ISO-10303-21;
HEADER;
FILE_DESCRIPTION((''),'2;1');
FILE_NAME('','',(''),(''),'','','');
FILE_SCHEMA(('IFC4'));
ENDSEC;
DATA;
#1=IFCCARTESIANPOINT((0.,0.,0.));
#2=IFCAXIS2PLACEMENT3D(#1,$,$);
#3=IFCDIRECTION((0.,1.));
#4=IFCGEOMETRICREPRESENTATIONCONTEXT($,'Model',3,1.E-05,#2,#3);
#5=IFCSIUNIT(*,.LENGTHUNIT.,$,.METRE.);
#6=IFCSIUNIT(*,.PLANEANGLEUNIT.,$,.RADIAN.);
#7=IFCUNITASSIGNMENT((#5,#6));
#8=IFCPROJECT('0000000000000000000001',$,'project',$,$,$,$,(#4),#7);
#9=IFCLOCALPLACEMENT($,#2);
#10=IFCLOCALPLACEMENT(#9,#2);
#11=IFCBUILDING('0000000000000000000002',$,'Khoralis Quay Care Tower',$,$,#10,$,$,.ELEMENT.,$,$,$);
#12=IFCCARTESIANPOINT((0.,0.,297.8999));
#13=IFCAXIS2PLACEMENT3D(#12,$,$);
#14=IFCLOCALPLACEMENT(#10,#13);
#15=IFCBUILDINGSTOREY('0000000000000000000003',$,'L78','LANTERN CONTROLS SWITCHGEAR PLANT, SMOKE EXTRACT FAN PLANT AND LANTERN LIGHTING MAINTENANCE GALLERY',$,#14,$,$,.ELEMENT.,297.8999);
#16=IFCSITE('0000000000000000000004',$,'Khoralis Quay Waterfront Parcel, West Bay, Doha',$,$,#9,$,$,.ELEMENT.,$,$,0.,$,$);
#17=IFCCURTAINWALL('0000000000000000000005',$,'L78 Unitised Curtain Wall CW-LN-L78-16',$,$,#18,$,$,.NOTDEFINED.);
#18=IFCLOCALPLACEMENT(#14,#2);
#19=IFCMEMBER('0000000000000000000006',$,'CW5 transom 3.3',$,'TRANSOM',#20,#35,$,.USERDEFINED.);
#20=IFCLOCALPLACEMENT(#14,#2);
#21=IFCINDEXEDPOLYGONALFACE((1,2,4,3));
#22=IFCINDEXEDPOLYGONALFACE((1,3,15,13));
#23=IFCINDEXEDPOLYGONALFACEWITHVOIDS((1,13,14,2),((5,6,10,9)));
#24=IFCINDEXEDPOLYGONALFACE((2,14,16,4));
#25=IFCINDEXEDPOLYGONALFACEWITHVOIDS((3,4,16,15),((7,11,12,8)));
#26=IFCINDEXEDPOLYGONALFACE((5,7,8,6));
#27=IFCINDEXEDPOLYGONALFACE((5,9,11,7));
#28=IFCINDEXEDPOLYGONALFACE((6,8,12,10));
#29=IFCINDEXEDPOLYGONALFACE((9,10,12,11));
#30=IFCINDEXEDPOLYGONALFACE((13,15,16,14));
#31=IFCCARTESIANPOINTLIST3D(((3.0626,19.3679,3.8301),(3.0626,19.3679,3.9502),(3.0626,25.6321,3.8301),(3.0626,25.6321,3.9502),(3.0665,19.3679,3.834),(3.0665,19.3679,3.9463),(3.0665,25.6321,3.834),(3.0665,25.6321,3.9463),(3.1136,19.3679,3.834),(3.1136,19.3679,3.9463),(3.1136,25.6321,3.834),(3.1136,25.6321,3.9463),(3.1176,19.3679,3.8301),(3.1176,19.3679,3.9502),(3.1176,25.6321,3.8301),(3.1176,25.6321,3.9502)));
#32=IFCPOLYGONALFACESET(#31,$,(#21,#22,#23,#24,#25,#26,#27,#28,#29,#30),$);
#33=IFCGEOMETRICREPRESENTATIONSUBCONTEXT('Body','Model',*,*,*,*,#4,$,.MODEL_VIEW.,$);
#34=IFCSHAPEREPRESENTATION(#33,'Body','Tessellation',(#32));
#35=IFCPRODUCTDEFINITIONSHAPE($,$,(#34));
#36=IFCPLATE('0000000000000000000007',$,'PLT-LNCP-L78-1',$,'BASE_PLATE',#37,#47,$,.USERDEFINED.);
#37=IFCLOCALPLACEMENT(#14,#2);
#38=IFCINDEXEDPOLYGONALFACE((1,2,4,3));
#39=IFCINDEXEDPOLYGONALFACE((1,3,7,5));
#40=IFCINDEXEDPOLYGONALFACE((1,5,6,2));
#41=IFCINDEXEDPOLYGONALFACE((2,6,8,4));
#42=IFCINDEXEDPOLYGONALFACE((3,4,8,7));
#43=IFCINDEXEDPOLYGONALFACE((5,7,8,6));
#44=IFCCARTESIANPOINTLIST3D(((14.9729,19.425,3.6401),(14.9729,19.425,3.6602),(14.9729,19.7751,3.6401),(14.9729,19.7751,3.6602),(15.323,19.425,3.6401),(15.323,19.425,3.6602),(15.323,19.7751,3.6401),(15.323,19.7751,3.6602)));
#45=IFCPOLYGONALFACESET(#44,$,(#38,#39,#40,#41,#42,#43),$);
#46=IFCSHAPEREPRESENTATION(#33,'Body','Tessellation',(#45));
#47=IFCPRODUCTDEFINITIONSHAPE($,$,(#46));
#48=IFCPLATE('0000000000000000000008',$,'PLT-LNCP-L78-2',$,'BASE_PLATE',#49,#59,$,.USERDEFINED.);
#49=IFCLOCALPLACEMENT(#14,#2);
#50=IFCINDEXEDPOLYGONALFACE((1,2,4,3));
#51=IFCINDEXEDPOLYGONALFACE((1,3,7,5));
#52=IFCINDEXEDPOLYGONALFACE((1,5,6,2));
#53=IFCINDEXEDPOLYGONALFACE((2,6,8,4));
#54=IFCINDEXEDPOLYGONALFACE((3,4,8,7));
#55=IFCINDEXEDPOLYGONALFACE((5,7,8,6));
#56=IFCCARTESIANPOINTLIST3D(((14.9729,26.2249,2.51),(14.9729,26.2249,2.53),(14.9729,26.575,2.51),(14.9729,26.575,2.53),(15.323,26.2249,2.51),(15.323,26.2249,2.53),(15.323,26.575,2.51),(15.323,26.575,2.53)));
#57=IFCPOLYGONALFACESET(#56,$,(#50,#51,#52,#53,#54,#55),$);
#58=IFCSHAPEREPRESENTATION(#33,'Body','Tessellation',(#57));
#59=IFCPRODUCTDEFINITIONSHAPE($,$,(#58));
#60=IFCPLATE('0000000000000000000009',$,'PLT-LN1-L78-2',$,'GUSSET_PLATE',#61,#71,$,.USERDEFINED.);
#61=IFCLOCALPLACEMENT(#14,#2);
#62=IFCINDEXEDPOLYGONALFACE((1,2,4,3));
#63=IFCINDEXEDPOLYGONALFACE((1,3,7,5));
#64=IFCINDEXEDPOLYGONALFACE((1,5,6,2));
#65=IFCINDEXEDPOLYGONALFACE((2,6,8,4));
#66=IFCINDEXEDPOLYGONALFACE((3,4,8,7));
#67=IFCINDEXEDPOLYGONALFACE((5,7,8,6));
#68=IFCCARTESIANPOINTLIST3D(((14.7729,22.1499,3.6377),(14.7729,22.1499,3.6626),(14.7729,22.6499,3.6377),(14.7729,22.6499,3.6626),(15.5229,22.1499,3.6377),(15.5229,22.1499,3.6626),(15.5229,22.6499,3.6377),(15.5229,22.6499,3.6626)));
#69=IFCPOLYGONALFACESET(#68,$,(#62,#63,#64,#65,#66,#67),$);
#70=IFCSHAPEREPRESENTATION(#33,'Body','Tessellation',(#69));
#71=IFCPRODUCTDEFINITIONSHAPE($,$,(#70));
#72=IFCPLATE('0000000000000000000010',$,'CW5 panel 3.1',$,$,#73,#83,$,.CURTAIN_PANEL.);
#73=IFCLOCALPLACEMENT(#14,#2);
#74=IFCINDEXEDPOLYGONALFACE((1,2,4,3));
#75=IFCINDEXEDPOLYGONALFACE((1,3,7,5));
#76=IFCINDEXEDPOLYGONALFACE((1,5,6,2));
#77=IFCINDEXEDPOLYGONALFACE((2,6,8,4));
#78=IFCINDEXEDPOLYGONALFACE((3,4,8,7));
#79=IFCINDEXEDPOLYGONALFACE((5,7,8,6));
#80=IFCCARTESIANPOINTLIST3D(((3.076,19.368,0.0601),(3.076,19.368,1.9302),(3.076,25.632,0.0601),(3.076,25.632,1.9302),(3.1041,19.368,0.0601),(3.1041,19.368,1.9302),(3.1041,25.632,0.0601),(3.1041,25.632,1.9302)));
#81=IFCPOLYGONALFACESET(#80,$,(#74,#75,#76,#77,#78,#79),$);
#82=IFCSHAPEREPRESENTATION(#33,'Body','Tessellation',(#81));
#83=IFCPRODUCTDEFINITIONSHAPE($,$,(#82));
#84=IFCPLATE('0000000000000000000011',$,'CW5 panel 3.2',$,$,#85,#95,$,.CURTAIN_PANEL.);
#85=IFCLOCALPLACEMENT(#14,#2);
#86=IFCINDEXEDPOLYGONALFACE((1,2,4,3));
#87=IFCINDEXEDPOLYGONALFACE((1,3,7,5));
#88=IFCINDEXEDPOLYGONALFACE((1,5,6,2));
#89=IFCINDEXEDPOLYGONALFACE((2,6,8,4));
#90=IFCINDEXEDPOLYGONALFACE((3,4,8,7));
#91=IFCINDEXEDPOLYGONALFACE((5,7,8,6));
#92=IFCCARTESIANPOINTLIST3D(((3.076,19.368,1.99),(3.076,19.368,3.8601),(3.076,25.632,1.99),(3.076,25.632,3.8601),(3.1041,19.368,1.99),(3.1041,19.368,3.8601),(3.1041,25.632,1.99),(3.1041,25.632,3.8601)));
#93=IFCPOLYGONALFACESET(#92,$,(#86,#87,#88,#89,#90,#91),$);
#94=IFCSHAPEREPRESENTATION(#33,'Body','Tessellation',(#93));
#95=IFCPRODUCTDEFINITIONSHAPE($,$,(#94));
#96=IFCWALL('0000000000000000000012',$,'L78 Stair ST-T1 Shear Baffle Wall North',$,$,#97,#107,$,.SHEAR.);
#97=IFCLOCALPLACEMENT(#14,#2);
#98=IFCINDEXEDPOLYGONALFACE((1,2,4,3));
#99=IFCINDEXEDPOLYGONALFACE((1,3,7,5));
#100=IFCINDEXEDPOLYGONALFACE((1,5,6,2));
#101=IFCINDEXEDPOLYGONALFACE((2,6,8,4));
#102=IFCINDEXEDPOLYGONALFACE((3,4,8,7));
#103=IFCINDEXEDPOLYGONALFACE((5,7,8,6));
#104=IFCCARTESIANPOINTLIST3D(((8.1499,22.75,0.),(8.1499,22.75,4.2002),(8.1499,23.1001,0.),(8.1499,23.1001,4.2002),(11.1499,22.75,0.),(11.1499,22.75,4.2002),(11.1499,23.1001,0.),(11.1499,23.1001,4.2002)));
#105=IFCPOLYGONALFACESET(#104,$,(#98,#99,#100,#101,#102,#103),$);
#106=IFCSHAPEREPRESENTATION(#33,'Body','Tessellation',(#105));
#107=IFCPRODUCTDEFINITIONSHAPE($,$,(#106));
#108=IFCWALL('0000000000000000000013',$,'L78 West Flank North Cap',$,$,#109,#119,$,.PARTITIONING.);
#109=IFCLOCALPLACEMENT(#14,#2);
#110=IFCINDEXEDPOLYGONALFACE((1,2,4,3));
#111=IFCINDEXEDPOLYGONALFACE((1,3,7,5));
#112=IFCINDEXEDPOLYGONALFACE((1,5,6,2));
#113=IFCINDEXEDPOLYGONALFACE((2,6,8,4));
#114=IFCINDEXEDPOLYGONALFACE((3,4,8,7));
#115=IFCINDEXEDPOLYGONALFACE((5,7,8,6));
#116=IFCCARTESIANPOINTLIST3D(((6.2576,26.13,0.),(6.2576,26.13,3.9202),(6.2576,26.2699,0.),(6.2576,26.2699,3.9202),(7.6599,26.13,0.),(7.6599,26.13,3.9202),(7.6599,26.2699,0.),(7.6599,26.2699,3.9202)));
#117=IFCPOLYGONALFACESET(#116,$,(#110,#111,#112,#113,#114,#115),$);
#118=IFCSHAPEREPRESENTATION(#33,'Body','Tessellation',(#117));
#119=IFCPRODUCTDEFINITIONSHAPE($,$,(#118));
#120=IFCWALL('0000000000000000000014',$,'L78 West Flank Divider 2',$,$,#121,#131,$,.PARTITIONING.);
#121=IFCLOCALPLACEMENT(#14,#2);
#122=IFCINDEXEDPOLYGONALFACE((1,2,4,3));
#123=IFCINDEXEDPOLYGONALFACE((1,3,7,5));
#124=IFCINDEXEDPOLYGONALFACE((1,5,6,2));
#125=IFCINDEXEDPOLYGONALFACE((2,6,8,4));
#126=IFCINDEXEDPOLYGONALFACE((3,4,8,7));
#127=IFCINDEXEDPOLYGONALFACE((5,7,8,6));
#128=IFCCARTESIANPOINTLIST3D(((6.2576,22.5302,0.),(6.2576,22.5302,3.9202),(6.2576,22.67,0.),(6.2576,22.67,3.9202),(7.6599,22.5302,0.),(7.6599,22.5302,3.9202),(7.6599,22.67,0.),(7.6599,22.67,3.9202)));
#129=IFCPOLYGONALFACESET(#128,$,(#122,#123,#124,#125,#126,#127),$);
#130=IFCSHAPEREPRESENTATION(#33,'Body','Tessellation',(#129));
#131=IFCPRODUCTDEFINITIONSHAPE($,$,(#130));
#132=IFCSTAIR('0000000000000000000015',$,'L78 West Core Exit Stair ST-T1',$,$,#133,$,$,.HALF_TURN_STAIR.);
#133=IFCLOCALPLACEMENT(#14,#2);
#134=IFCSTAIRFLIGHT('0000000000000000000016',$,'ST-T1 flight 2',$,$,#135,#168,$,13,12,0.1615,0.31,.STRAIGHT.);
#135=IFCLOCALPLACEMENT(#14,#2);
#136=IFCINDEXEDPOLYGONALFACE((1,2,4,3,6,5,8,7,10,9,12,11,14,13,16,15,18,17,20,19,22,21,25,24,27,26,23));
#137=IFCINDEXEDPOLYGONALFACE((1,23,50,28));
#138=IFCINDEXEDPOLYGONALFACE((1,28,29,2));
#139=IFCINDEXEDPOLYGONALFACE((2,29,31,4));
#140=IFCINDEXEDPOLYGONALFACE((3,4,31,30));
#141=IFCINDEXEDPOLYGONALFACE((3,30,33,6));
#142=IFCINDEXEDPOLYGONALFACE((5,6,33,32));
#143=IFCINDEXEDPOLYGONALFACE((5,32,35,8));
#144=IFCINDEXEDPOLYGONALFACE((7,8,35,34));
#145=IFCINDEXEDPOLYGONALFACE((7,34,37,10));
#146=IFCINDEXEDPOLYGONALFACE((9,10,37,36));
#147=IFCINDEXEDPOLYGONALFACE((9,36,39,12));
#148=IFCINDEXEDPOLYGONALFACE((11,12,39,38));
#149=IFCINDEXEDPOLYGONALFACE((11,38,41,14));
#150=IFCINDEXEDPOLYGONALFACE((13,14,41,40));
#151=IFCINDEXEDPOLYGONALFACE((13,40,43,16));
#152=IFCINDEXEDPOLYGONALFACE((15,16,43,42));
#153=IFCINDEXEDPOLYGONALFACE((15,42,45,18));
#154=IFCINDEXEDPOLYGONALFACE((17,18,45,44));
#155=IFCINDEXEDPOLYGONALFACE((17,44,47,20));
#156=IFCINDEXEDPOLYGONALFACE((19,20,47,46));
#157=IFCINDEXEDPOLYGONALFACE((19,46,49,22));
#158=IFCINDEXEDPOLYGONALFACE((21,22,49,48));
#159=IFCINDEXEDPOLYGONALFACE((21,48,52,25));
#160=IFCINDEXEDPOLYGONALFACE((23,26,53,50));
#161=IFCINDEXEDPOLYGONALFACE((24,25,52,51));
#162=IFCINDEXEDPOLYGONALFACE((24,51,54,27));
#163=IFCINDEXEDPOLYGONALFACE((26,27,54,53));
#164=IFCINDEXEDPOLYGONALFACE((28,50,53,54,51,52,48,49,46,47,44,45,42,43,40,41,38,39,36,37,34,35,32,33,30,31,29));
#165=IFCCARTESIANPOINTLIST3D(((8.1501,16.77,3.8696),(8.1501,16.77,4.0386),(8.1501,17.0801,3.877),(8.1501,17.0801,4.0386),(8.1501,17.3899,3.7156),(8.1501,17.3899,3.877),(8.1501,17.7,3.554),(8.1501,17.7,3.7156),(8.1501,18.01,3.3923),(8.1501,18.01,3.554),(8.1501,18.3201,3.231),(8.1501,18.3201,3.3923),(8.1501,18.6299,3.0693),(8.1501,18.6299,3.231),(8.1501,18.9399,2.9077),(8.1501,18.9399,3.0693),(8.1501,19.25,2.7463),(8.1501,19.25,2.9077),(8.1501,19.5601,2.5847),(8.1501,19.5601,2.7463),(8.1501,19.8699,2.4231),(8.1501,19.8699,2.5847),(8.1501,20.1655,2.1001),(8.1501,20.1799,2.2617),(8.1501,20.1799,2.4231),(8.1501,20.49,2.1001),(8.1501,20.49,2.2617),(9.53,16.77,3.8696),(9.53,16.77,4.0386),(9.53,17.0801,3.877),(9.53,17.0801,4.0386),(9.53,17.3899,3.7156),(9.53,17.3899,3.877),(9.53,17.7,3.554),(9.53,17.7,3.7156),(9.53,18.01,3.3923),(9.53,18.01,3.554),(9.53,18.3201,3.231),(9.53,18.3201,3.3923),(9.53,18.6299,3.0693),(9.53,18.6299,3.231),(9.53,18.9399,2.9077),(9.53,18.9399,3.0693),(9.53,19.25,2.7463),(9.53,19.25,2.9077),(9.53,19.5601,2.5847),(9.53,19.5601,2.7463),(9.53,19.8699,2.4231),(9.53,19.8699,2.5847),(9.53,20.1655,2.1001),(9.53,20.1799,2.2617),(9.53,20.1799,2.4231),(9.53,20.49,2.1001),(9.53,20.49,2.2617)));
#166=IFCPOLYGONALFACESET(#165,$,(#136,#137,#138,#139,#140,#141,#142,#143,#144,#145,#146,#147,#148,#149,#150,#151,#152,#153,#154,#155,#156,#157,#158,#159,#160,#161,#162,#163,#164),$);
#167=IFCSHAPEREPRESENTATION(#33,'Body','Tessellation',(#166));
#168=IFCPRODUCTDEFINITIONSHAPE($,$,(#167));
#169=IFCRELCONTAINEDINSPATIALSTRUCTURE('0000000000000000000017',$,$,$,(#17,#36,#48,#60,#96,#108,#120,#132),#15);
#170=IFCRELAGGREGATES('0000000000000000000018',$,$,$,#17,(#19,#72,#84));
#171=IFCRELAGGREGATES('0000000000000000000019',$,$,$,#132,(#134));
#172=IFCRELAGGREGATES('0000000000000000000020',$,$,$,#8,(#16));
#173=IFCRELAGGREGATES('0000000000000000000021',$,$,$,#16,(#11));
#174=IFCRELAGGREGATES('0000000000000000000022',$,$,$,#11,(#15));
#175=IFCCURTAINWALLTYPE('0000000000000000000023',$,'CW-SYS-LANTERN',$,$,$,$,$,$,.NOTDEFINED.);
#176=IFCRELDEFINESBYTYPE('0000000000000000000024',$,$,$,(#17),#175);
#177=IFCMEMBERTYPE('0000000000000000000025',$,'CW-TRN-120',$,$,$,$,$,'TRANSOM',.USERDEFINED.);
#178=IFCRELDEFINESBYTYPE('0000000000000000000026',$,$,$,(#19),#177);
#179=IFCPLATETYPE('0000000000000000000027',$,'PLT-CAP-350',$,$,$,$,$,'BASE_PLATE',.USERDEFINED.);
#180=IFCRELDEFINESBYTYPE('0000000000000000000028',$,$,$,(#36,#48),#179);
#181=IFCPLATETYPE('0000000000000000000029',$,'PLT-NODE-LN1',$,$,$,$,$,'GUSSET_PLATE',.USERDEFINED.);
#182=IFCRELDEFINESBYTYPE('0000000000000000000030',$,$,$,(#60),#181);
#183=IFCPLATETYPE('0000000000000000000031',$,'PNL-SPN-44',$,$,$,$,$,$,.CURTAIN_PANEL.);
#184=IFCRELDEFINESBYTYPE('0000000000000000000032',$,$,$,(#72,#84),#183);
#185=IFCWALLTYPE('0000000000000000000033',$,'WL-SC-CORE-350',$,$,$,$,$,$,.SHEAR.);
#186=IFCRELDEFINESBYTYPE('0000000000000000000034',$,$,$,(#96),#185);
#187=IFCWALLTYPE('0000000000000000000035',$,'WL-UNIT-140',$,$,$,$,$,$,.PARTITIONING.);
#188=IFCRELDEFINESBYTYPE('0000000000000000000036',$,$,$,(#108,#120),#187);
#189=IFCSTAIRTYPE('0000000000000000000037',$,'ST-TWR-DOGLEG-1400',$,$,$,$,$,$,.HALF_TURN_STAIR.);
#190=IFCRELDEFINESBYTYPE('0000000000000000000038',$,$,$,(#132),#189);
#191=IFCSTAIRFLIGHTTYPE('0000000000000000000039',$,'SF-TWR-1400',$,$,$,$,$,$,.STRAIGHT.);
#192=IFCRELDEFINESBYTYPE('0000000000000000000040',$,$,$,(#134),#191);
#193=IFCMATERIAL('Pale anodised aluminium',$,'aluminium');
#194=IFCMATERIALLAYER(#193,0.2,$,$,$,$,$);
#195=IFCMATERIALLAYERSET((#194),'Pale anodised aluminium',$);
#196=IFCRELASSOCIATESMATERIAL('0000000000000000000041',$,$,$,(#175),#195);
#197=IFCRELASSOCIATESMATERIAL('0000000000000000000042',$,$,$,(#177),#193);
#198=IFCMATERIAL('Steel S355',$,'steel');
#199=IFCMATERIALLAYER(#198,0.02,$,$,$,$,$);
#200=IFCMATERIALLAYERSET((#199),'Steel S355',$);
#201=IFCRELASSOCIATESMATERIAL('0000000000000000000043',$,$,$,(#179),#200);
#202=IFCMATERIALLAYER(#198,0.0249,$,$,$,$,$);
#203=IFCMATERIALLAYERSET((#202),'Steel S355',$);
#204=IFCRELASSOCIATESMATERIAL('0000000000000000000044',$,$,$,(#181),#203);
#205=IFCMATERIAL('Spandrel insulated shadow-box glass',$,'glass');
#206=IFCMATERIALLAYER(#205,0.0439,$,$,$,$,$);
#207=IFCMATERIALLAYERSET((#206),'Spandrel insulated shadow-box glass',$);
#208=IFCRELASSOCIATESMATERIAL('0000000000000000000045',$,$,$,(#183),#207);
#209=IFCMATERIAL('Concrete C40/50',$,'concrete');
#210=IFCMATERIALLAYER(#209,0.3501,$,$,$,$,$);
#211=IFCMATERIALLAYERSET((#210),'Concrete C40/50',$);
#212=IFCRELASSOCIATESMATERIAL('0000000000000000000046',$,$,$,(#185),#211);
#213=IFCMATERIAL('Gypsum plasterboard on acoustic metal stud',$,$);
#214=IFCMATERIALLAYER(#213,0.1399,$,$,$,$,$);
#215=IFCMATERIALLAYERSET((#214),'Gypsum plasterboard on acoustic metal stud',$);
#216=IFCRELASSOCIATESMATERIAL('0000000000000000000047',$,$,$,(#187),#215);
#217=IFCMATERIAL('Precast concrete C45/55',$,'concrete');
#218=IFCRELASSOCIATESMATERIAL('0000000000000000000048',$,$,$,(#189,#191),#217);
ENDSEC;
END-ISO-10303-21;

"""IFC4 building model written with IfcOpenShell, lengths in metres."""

from ifc_helpers import new_model, si_unit, direction, frame, frame_2d, origin, origin_2d, place, context, subcontext, project, spatial, polyline, rectangle, hollow_rectangle, outline, extrude, source, transform, mapped, material, layer, layer_set, material_profile, profile_set, type_object, element, aggregate, save


model = new_model("IFC4")

# Units and contexts
model_context = context("Model", 3, precision=1e-05, world=origin(), true_north=direction((0.0, 1.0)))
body_context = subcontext(model_context, "Body", "Model", "MODEL_VIEW")
ifc_project = project(units=[si_unit("LENGTHUNIT", "METRE"), si_unit("PLANEANGLEUNIT", "RADIAN")], contexts=[model_context])

# Site, building, storey
site_placement = place(None, origin())
site = spatial("IfcSite", under=ifc_project, at=site_placement, Name="Khoralis Quay Waterfront Parcel, West Bay, Doha", CompositionType="ELEMENT", RefElevation=0.0)
building_placement = place(site_placement, origin())
building = spatial("IfcBuilding", under=site, at=building_placement, Name="Khoralis Quay Care Tower", CompositionType="ELEMENT")
storey_placement = place(building_placement, frame((0.0, 0.0, 297.8999)))
storey = spatial("IfcBuildingStorey", under=building, at=storey_placement, Name="L78", Description="LANTERN CONTROLS SWITCHGEAR PLANT, SMOKE EXTRACT FAN PLANT AND LANTERN LIGHTING MAINTENANCE GALLERY", CompositionType="ELEMENT", Elevation=297.8999)

# Shared definitions
ifc_material_1 = material(Name="Steel S355", Category="steel")

# Curtain wall, member
ifc_material_2 = material(Name="Pale anodised aluminium", Category="aluminium")
ifc_layer_1 = layer(ifc_material_2, 0.2)
ifc_layer_set_1 = layer_set([ifc_layer_1], Name="Pale anodised aluminium")
curtain_wall_type = type_object("IfcCurtainWallType", Name="CW-SYS-LANTERN", PredefinedType="NOTDEFINED", material=ifc_layer_set_1)
curtain_wall_placement = place(storey_placement, origin())
curtain_wall = element("IfcCurtainWall", 1, at=curtain_wall_placement, inside=storey, type_object=curtain_wall_type, Name="L78 Unitised Curtain Wall CW-LN-L78-16", PredefinedType="NOTDEFINED")
ifc_material_profile_1 = material_profile(ifc_material_2, hollow_rectangle(XDim=0.0549, YDim=0.1201, WallThickness=0.0039, at=origin_2d()), Name="Pale anodised aluminium")
ifc_profile_set_1 = profile_set([ifc_material_profile_1], Name="Pale anodised aluminium")
member_type_1 = type_object("IfcMemberType", Name="CW-TRN-120", ElementType="TRANSOM", PredefinedType="USERDEFINED", material=ifc_profile_set_1)
shared_shape_1 = source(origin(), body_context, "Body", "SweptSolid", [
    extrude(hollow_rectangle(XDim=0.0549, YDim=0.1201, WallThickness=0.0039, at=origin_2d()), origin(), (0.0, 0.0, 1.0), 6.2642),
])
member_1_placement = place(storey_placement, frame((3.0901, 25.6321, 3.8901), z_axis=(0.0, -1.0, 0.0), x_axis=(1.0, 0.0, 0.0)))
member_1 = element("IfcMember", 2, at=member_1_placement, type_object=member_type_1, Name="CW5 transom 3.3", ObjectType="TRANSOM", PredefinedType="USERDEFINED", context=body_context, shape_type="MappedRepresentation", body=[
    mapped(shared_shape_1, transform((0.0, 0.0, 0.0), scale=1.0)),
])

# Plates
ifc_layer_2 = layer(ifc_material_1, 0.02)
ifc_layer_set_2 = layer_set([ifc_layer_2], Name="Steel S355")
plate_type_1 = type_object("IfcPlateType", Name="PLT-CAP-350", ElementType="BASE_PLATE", PredefinedType="USERDEFINED", material=ifc_layer_set_2)
shared_shape_2 = source(origin(), body_context, "Body", "SweptSolid", [
    extrude(rectangle(XDim=0.3501, YDim=0.3501, at=origin_2d()), origin(), (0.0, 0.0, 1.0), 0.02),
])
for number, where, z_axis, x_axis, name in (
    (3, (15.1479, 19.6001, 3.6401), (0.0, 0.0, 1.0), (1.0, 0.0, 0.0), "PLT-LNCP-L78-1"),
    (4, (15.1479, 26.3999, 2.51), (0.0, 0.0, 1.0), (1.0, 0.0, 0.0), "PLT-LNCP-L78-2"),
):
    element("IfcPlate", number, at=place(storey_placement, frame(where, z_axis=z_axis, x_axis=x_axis)), inside=storey, type_object=plate_type_1, Name=name, ObjectType="BASE_PLATE", PredefinedType="USERDEFINED", context=body_context, shape_type="MappedRepresentation", body=[
        mapped(shared_shape_2, transform((0.0, 0.0, 0.0), scale=1.0)),
    ])
ifc_layer_3 = layer(ifc_material_1, 0.0249)
ifc_layer_set_3 = layer_set([ifc_layer_3], Name="Steel S355")
plate_type_2 = type_object("IfcPlateType", Name="PLT-NODE-LN1", ElementType="GUSSET_PLATE", PredefinedType="USERDEFINED", material=ifc_layer_set_3)
shared_shape_3 = source(origin(), body_context, "Body", "SweptSolid", [
    extrude(rectangle(XDim=0.75, YDim=0.5, at=origin_2d()), origin(), (0.0, 0.0, 1.0), 0.0249),
])
plate_1_placement = place(storey_placement, frame((15.1479, 22.3999, 3.6377), z_axis=(0.0, 0.0, 1.0), x_axis=(1.0, 0.0, 0.0)))
element("IfcPlate", 5, at=plate_1_placement, inside=storey, type_object=plate_type_2, Name="PLT-LN1-L78-2", ObjectType="GUSSET_PLATE", PredefinedType="USERDEFINED", context=body_context, shape_type="MappedRepresentation", body=[
    mapped(shared_shape_3, transform((0.0, 0.0, 0.0), scale=1.0)),
])

# Plates
ifc_material_3 = material(Name="Spandrel insulated shadow-box glass", Category="glass")
ifc_layer_4 = layer(ifc_material_3, 0.0439)
ifc_layer_set_4 = layer_set([ifc_layer_4], Name="Spandrel insulated shadow-box glass")
plate_type_3 = type_object("IfcPlateType", Name="PNL-SPN-44", PredefinedType="CURTAIN_PANEL", material=ifc_layer_set_4)
shared_shape_4 = source(origin(), body_context, "Body", "SweptSolid", [
    extrude(rectangle(XDim=6.2639, YDim=0.0281, at=origin_2d()), origin(), (0.0, 0.0, 1.0), 1.8701),
])
plate_2_placement = place(storey_placement, frame((3.0901, 22.5, 0.0601), z_axis=(0.0, 0.0, 1.0), x_axis=(0.0, -1.0, 0.0)))
plate_2 = element("IfcPlate", 6, at=plate_2_placement, type_object=plate_type_3, Name="CW5 panel 3.1", PredefinedType="CURTAIN_PANEL", context=body_context, shape_type="MappedRepresentation", body=[
    mapped(shared_shape_4, transform((0.0, 0.0, 0.0), scale=1.0)),
])
plate_3_placement = place(storey_placement, frame((3.0901, 22.5, 1.99), z_axis=(0.0, 0.0, 1.0), x_axis=(0.0, -1.0, 0.0)))
plate_3 = element("IfcPlate", 7, at=plate_3_placement, type_object=plate_type_3, Name="CW5 panel 3.2", PredefinedType="CURTAIN_PANEL", context=body_context, shape_type="MappedRepresentation", body=[
    mapped(shared_shape_4, transform((0.0, 0.0, 0.0), scale=1.0)),
])
aggregate(curtain_wall, [member_1, plate_2, plate_3])

# Walls
ifc_material_4 = material(Name="Concrete C40/50", Category="concrete")
ifc_layer_5 = layer(ifc_material_4, 0.3501)
ifc_layer_set_5 = layer_set([ifc_layer_5], Name="Concrete C40/50")
wall_type_1 = type_object("IfcWallType", Name="WL-SC-CORE-350", PredefinedType="SHEAR", material=ifc_layer_set_5)
wall_placement = place(storey_placement, frame((8.1499, 22.925, 0.0), z_axis=(0.0, 0.0, 1.0), x_axis=(1.0, 0.0, 0.0)))
element("IfcWall", 8, at=wall_placement, inside=storey, type_object=wall_type_1, Name="L78 Stair ST-T1 Shear Baffle Wall North", PredefinedType="SHEAR", context=body_context, shape_type="SweptSolid", body=[
    extrude(rectangle(XDim=3.0, YDim=0.3501, at=frame_2d((1.5, 0.0))), origin(), (0.0, 0.0, 1.0), 4.2002),
])
ifc_material_5 = material(Name="Gypsum plasterboard on acoustic metal stud")
ifc_layer_6 = layer(ifc_material_5, 0.1399)
ifc_layer_set_6 = layer_set([ifc_layer_6], Name="Gypsum plasterboard on acoustic metal stud")
wall_type_2 = type_object("IfcWallType", Name="WL-UNIT-140", PredefinedType="PARTITIONING", material=ifc_layer_set_6)
for number, where, z_axis, x_axis, name in (
    (9, (6.2576, 26.2, 0.0), (0.0, 0.0, 1.0), (1.0, 0.0, 0.0), "L78 West Flank North Cap"),
    (10, (6.2576, 22.6001, 0.0), (0.0, 0.0, 1.0), (1.0, 0.0, 0.0), "L78 West Flank Divider 2"),
):
    element("IfcWall", number, at=place(storey_placement, frame(where, z_axis=z_axis, x_axis=x_axis)), inside=storey, type_object=wall_type_2, Name=name, PredefinedType="PARTITIONING", context=body_context, shape_type="SweptSolid", body=[
        extrude(rectangle(XDim=1.4023, YDim=0.1399, at=frame_2d((0.7012, 0.0))), origin(), (0.0, 0.0, 1.0), 3.9202),
    ])

# Stair, stair flight
ifc_material_6 = material(Name="Precast concrete C45/55", Category="concrete")
stair_type = type_object("IfcStairType", Name="ST-TWR-DOGLEG-1400", PredefinedType="HALF_TURN_STAIR", material=ifc_material_6)
stair_placement = place(storey_placement, origin())
stair = element("IfcStair", 11, at=stair_placement, inside=storey, type_object=stair_type, Name="L78 West Core Exit Stair ST-T1", PredefinedType="HALF_TURN_STAIR")
stair_flight_type = type_object("IfcStairFlightType", Name="SF-TWR-1400", PredefinedType="STRAIGHT", material=ifc_material_6)
shared_shape_5 = source(origin(), body_context, "Body", "SweptSolid", [
    extrude(outline(polyline([(0.0, 0.0), (0.0, 0.1616), (0.3101, 0.1616), (0.3101, 0.323), (0.6201, 0.323), (0.6201, 0.4846), (0.9299, 0.4846), (0.9299, 0.6462), (1.24, 0.6462), (1.24, 0.8076), (1.55, 0.8076), (1.55, 0.9692), (1.8601, 0.9692), (1.8601, 1.1309), (2.1699, 1.1309), (2.1699, 1.2922), (2.48, 1.2922), (2.48, 1.4539), (2.79, 1.4539), (2.79, 1.6155), (3.1001, 1.6155), (3.1001, 1.7769), (3.4099, 1.7769), (3.4099, 1.9385), (3.72, 1.9385), (3.72, 2.1001), (3.72, 1.7695), (0.3245, 0.0), (0.0, 0.0)])), frame((0.0, 0.6899, 0.0), z_axis=(0.0, -1.0, 0.0), x_axis=(1.0, 0.0, 0.0)), (0.0, 0.0, 1.0), 1.3799),
])
stair_flight_placement = place(storey_placement, frame((8.8401, 20.49, 2.1001), z_axis=(0.0, 0.0, 1.0), x_axis=(0.0, -1.0, 0.0)))
stair_flight = element("IfcStairFlight", 12, at=stair_flight_placement, type_object=stair_flight_type, Name="ST-T1 flight 2", NumberOfRisers=13, NumberOfTreads=12, PredefinedType="STRAIGHT", RiserHeight=0.1615, TreadLength=0.31, context=body_context, shape_type="MappedRepresentation", body=[
    mapped(shared_shape_5, transform((0.0, 0.0, 0.0), scale=1.0)),
])
aggregate(stair, [stair_flight])

save(model, "model.ifc")
